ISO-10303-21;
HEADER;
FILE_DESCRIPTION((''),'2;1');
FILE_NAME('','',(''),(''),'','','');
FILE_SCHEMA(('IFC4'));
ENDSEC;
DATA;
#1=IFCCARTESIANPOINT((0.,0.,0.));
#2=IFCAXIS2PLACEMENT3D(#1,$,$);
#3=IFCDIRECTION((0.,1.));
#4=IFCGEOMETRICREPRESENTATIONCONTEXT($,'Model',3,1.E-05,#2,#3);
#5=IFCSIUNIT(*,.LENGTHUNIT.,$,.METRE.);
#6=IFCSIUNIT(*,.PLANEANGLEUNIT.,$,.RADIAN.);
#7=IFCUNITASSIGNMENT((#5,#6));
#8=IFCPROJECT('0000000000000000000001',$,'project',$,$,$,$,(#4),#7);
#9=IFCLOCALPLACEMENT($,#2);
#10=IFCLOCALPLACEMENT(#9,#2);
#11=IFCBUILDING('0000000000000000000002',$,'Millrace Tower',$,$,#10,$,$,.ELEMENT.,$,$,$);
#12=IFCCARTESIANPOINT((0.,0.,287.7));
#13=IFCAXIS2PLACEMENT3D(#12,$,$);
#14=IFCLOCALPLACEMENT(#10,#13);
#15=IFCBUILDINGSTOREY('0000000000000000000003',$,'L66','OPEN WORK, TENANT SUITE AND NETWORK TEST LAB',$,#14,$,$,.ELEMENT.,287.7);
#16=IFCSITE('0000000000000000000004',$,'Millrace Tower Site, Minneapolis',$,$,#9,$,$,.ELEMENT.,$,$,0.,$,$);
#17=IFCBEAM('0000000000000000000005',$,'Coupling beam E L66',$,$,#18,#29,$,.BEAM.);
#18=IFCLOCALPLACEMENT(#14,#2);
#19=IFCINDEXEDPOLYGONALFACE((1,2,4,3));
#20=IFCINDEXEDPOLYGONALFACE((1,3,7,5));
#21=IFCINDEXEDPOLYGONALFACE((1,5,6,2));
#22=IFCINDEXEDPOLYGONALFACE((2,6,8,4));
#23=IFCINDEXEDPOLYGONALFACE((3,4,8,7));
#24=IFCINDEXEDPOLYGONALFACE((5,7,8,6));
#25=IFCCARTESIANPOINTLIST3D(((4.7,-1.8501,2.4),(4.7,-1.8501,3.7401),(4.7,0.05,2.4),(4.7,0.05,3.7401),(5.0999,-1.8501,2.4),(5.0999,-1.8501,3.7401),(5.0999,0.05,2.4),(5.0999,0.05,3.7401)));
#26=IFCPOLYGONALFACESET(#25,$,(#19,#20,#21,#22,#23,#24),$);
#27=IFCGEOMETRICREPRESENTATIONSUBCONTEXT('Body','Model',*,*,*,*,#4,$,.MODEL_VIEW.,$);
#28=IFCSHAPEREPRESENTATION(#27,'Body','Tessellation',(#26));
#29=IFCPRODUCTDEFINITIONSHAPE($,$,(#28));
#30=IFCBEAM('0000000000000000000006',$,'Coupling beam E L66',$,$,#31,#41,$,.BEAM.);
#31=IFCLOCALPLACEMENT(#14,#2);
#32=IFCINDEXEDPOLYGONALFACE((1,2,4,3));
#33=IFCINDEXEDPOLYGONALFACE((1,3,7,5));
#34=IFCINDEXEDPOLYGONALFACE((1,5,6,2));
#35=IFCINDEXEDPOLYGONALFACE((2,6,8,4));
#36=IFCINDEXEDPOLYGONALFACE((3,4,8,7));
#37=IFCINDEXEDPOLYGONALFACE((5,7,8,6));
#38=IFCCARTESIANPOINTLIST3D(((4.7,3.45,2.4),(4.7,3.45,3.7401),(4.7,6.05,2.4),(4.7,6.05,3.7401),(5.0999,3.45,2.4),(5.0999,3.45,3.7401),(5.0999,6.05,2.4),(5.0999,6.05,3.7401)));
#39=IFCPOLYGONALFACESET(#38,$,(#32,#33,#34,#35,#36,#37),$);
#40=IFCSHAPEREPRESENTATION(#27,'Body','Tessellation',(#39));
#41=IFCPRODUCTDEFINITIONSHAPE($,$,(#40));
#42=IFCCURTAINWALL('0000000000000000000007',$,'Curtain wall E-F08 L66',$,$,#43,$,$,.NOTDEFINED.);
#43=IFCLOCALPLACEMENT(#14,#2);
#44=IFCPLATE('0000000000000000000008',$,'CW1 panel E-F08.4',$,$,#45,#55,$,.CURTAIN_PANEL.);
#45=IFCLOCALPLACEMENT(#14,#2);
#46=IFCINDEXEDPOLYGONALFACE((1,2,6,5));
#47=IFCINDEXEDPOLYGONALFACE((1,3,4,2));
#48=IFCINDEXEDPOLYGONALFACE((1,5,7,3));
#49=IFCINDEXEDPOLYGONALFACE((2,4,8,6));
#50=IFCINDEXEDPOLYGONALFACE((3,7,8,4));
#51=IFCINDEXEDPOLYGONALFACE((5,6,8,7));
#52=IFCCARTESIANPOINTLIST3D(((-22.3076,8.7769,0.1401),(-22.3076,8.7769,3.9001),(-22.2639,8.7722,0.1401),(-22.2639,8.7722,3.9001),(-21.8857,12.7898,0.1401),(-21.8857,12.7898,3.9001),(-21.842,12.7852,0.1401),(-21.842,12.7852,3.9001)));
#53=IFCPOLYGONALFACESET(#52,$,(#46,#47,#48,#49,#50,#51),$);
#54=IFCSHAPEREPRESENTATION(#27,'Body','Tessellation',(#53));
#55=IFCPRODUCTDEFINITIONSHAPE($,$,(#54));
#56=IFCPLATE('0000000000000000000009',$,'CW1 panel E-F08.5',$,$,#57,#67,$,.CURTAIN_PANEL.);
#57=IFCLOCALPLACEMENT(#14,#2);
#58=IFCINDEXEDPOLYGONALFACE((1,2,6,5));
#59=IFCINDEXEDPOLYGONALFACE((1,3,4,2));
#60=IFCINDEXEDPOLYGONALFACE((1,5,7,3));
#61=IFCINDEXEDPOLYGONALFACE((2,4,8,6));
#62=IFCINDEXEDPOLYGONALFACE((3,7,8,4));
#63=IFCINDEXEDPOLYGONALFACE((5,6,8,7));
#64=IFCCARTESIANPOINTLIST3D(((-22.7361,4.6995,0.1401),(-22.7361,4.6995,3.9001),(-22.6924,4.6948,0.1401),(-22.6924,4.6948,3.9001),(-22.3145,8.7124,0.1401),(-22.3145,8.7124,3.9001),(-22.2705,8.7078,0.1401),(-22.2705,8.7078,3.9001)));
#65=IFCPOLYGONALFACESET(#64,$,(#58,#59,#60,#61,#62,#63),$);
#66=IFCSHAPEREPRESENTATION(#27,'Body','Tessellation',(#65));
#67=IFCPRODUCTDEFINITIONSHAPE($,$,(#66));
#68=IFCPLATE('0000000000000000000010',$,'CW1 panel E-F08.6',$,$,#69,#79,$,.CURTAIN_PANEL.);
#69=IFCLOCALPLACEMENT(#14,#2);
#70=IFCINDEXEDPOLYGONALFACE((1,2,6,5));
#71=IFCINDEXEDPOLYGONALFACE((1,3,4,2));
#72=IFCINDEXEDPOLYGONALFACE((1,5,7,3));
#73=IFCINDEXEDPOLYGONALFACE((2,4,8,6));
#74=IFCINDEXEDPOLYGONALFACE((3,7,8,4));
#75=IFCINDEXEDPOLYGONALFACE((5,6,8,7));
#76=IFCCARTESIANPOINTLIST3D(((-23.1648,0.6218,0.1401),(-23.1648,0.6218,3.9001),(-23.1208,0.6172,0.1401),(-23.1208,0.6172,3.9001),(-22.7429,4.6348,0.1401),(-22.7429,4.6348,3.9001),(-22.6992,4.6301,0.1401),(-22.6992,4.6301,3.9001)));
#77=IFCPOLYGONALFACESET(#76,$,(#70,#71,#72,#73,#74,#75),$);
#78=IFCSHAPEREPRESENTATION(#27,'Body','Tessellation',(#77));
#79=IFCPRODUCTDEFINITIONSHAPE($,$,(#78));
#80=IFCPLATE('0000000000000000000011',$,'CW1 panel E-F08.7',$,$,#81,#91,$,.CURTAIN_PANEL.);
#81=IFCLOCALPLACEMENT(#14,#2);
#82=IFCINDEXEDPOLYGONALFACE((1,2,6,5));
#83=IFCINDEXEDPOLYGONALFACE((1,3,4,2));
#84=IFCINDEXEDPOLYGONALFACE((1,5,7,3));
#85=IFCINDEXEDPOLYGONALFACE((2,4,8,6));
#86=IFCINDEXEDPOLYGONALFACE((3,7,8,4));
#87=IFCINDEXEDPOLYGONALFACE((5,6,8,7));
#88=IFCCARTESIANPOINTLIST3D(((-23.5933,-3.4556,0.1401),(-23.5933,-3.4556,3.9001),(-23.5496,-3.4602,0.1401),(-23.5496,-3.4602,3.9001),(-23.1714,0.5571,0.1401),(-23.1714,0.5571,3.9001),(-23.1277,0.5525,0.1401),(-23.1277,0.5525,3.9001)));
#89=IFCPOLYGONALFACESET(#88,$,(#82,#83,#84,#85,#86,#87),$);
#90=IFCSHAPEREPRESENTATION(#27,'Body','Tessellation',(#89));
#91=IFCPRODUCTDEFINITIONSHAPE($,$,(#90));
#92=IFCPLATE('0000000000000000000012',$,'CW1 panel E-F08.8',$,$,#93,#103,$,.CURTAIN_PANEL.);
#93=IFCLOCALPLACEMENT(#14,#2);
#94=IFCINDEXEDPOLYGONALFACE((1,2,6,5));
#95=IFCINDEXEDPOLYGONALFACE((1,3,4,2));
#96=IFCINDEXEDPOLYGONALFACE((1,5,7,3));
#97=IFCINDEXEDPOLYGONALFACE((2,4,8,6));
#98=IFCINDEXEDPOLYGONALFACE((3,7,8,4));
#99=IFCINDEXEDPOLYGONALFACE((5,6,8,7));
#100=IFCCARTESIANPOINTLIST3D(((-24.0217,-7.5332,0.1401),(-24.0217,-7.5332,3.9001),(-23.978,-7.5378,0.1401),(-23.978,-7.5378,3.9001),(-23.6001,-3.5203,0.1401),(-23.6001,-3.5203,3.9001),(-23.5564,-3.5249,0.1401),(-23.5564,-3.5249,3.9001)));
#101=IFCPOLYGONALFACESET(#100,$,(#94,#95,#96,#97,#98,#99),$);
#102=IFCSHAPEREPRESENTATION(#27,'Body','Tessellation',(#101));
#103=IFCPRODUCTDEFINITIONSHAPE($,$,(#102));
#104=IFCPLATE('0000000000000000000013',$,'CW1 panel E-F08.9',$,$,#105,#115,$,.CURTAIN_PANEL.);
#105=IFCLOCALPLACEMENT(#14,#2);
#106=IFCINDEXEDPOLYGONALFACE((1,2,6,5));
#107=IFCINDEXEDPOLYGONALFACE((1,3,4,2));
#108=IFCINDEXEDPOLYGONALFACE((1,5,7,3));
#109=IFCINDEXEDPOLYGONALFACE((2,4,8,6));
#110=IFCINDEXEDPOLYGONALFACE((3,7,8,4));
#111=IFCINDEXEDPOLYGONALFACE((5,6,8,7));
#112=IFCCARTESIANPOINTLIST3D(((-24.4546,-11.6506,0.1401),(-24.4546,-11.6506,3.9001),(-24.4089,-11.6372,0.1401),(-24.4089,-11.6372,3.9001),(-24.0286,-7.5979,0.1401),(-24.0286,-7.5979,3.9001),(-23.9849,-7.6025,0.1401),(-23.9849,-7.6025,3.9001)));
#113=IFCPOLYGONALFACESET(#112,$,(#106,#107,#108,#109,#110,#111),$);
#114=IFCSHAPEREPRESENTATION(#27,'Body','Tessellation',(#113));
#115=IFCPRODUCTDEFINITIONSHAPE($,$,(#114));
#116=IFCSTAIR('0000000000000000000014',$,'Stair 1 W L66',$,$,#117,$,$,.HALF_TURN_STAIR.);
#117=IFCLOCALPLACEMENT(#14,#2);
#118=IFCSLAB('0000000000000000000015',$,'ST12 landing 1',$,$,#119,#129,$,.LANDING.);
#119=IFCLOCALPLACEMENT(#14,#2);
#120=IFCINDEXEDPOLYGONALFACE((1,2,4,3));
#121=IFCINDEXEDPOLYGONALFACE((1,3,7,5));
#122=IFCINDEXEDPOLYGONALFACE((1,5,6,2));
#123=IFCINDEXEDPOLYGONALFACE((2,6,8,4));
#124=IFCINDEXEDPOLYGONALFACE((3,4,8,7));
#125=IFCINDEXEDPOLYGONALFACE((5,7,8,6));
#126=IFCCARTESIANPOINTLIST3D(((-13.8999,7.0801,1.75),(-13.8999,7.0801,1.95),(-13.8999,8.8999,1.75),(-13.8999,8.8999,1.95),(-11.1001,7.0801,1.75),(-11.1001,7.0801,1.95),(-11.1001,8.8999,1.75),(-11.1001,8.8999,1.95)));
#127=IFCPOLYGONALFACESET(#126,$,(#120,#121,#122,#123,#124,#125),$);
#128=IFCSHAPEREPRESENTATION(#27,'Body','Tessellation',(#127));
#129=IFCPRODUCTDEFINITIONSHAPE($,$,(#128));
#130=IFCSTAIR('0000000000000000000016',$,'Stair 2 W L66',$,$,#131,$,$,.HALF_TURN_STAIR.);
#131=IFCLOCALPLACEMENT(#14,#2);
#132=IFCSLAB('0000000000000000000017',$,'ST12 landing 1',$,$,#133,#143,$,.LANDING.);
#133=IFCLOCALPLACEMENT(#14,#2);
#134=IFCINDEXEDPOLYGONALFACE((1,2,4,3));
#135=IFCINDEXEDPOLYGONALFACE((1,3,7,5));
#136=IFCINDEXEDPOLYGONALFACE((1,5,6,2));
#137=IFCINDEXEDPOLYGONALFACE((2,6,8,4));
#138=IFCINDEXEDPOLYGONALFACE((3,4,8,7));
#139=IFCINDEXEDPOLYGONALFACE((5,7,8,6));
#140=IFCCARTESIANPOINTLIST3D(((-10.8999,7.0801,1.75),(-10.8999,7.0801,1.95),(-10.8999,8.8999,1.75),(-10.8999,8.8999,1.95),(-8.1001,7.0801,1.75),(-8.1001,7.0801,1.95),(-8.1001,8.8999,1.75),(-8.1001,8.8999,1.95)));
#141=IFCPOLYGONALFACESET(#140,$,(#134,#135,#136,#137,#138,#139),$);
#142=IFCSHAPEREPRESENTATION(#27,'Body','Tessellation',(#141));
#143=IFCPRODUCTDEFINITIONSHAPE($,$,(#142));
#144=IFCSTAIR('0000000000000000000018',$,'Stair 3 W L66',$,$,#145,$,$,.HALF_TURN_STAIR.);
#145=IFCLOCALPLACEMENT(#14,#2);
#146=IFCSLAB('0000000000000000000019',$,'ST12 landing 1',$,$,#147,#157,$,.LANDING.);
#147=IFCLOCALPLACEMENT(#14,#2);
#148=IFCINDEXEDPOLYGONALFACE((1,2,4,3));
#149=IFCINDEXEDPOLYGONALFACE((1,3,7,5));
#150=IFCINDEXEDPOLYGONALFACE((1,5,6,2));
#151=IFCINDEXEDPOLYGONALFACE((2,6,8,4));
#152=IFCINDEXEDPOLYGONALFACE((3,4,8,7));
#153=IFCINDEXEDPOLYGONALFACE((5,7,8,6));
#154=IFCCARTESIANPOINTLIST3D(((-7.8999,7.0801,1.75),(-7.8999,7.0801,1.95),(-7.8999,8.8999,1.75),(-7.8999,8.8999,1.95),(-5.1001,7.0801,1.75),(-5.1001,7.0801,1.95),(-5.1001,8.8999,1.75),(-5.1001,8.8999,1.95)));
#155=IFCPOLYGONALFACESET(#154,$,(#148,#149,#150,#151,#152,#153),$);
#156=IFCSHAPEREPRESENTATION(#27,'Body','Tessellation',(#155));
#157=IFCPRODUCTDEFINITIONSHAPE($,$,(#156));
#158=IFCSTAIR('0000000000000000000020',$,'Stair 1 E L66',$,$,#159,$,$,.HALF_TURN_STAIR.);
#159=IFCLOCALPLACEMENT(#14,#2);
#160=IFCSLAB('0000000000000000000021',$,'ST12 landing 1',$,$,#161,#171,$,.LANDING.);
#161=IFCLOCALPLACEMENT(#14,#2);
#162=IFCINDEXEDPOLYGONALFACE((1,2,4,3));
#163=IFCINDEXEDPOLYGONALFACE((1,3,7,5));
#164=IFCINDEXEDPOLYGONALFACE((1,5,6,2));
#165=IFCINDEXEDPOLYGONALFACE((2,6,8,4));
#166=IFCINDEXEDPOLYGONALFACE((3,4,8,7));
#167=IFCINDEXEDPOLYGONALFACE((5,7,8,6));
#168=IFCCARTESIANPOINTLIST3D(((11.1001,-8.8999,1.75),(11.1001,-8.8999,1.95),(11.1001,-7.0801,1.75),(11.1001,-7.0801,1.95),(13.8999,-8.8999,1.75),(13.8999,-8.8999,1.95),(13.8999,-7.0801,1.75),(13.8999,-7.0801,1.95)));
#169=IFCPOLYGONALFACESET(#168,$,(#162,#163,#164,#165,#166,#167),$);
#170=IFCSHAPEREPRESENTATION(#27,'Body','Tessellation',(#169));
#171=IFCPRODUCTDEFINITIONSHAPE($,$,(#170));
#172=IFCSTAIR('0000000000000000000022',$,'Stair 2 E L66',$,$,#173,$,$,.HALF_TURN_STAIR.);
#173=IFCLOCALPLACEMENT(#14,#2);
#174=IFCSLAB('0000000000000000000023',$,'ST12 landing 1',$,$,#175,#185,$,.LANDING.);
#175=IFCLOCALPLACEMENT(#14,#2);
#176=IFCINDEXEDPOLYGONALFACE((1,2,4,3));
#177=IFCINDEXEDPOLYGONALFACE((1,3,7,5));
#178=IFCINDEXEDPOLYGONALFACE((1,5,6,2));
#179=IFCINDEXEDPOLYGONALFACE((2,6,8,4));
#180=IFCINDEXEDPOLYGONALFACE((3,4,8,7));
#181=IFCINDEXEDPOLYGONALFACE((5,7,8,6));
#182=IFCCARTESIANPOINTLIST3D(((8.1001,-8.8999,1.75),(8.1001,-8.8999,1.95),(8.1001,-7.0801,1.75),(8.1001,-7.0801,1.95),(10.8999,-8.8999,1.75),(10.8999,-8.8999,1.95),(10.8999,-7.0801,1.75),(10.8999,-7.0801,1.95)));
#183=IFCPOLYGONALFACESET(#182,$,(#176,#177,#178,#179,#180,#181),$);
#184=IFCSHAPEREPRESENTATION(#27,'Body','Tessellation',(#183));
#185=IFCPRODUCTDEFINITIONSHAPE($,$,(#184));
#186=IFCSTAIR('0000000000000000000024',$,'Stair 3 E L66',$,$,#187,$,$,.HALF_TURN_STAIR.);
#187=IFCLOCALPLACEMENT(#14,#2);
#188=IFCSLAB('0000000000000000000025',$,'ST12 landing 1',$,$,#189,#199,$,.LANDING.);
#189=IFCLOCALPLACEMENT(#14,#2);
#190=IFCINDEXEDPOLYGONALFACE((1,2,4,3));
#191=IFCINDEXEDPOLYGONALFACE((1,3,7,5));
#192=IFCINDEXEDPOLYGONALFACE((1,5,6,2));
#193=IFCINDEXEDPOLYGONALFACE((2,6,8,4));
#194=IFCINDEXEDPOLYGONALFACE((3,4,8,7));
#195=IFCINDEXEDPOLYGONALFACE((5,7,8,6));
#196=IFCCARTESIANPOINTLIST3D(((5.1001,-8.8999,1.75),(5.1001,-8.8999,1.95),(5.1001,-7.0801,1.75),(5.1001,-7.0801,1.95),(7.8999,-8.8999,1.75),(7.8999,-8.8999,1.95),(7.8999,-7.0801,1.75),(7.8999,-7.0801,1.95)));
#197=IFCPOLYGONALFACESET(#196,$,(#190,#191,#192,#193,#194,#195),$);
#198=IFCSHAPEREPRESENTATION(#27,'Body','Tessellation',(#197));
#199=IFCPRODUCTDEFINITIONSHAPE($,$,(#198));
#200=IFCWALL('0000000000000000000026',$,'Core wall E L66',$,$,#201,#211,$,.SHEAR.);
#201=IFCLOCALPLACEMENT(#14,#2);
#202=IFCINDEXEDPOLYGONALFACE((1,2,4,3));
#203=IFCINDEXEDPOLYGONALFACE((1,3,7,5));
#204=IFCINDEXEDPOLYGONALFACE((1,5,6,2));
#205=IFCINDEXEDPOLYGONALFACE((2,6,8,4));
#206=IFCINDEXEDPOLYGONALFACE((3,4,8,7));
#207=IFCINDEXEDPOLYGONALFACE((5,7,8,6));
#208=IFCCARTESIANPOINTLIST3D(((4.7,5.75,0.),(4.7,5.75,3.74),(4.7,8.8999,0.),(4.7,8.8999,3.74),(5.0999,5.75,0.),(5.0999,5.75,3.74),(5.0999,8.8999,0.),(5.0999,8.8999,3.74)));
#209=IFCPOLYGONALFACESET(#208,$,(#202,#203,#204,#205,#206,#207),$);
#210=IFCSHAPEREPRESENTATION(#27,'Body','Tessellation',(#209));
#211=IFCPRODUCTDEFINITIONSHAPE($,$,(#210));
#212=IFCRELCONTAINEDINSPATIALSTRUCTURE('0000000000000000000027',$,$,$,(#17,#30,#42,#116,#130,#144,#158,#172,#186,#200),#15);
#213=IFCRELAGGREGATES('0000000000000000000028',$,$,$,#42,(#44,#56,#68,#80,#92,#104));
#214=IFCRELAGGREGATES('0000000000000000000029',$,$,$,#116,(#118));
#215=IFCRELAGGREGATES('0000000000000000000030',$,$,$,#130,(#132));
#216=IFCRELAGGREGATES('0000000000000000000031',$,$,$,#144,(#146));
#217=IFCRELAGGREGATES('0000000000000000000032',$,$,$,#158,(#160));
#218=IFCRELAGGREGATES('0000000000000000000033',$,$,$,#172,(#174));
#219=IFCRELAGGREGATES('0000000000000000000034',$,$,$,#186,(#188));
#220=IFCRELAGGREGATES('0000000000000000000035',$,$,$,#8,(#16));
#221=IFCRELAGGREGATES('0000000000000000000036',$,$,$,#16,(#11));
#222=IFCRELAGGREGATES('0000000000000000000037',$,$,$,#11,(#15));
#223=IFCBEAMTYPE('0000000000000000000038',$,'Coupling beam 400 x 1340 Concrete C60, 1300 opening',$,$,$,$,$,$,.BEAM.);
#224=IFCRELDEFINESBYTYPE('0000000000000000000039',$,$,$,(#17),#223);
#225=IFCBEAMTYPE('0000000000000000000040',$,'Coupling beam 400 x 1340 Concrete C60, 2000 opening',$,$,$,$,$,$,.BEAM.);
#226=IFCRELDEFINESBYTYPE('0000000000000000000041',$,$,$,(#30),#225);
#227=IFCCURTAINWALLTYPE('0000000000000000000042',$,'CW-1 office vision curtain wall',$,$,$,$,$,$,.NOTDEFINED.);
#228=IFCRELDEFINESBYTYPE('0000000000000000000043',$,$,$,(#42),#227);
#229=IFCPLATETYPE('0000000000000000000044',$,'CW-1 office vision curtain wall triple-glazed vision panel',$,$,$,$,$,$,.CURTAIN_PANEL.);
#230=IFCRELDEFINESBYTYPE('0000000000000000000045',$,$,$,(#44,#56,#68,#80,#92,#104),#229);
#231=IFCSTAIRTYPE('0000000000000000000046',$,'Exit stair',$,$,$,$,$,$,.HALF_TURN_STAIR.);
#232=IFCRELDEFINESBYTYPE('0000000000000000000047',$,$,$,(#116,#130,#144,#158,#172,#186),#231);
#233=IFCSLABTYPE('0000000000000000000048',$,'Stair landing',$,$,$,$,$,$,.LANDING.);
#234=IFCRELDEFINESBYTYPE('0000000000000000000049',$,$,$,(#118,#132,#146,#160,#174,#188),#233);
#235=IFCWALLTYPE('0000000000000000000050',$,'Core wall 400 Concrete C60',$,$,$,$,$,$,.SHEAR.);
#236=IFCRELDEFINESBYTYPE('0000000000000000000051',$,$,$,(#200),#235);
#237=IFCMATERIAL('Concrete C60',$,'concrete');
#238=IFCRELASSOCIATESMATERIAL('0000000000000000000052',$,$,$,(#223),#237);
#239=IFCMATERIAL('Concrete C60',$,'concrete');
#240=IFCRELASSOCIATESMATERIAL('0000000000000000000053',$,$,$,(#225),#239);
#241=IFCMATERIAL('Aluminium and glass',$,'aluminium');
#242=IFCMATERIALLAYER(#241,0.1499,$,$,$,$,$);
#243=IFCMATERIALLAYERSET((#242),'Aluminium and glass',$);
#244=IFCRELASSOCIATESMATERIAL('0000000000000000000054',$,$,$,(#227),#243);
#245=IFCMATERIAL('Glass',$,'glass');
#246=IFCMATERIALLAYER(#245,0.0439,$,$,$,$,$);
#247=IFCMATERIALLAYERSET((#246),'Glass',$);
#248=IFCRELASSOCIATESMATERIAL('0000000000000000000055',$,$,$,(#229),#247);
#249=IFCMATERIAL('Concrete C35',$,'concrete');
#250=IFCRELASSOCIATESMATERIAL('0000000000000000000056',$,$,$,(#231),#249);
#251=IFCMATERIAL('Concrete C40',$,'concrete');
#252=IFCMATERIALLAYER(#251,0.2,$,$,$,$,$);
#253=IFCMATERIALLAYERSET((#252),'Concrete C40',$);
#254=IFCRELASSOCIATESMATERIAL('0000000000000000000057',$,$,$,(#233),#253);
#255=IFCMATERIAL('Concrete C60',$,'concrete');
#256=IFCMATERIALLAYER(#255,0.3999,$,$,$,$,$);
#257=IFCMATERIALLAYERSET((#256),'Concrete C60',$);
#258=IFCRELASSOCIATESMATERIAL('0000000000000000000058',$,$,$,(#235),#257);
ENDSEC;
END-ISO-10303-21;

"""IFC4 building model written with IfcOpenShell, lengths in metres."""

from ifc_helpers import new_model, si_unit, direction, frame, frame_2d, origin, origin_2d, place, context, subcontext, project, spatial, polyline, rectangle, outline, extrude, material, layer, layer_set, material_profile, profile_set, type_object, element, aggregate, save


model = new_model("IFC4")

# Units and contexts
model_context = context("Model", 3, precision=1e-05, world=origin(), true_north=direction((0.0, 1.0)))
body_context = subcontext(model_context, "Body", "Model", "MODEL_VIEW")
ifc_project = project(units=[si_unit("LENGTHUNIT", "METRE"), si_unit("PLANEANGLEUNIT", "RADIAN")], contexts=[model_context])

# Site, building, storey
site_placement = place(None, origin())
site = spatial("IfcSite", under=ifc_project, at=site_placement, Name="Millrace Tower Site, Minneapolis", CompositionType="ELEMENT", RefElevation=0.0)
building_placement = place(site_placement, origin())
building = spatial("IfcBuilding", under=site, at=building_placement, Name="Millrace Tower", CompositionType="ELEMENT")
storey_placement = place(building_placement, frame((0.0, 0.0, 287.7)))
storey = spatial("IfcBuildingStorey", under=building, at=storey_placement, Name="L66", Description="OPEN WORK, TENANT SUITE AND NETWORK TEST LAB", CompositionType="ELEMENT", Elevation=287.7)

# Beams
ifc_material_1 = material(Name="Concrete C60", Category="concrete")
ifc_material_profile_1 = material_profile(ifc_material_1, rectangle(XDim=0.3999, YDim=1.3401, at=origin_2d()))
ifc_profile_set_1 = profile_set([ifc_material_profile_1], Name="Concrete C60")
beam_type_1 = type_object("IfcBeamType", Name="Coupling beam 400 x 1340 Concrete C60, 1300 opening", PredefinedType="BEAM", material=ifc_profile_set_1)
beam_1_placement = place(storey_placement, frame((4.8999, 0.05, 3.0701), z_axis=(0.0, -1.0, 0.0), x_axis=(1.0, 0.0, 0.0)))
element("IfcBeam", 1, at=beam_1_placement, inside=storey, type_object=beam_type_1, Name="Coupling beam E L66", PredefinedType="BEAM", context=body_context, shape_type="SweptSolid", body=[
    extrude(rectangle(XDim=0.3999, YDim=1.3401, at=origin_2d()), origin(), (0.0, 0.0, 1.0), 1.9001),
])
ifc_material_2 = material(Name="Concrete C60", Category="concrete")
ifc_material_profile_2 = material_profile(ifc_material_2, rectangle(XDim=0.3999, YDim=1.3401, at=origin_2d()))
ifc_profile_set_2 = profile_set([ifc_material_profile_2], Name="Concrete C60")
beam_type_2 = type_object("IfcBeamType", Name="Coupling beam 400 x 1340 Concrete C60, 2000 opening", PredefinedType="BEAM", material=ifc_profile_set_2)
beam_2_placement = place(storey_placement, frame((4.8999, 6.05, 3.0701), z_axis=(0.0, -1.0, 0.0), x_axis=(1.0, 0.0, 0.0)))
element("IfcBeam", 2, at=beam_2_placement, inside=storey, type_object=beam_type_2, Name="Coupling beam E L66", PredefinedType="BEAM", context=body_context, shape_type="SweptSolid", body=[
    extrude(rectangle(XDim=0.3999, YDim=1.3401, at=origin_2d()), origin(), (0.0, 0.0, 1.0), 2.6001),
])

# Curtain wall, plates
ifc_material_3 = material(Name="Aluminium and glass", Category="aluminium")
ifc_layer_1 = layer(ifc_material_3, 0.1499)
ifc_layer_set_1 = layer_set([ifc_layer_1], Name="Aluminium and glass")
curtain_wall_type = type_object("IfcCurtainWallType", Name="CW-1 office vision curtain wall", PredefinedType="NOTDEFINED", material=ifc_layer_set_1)
placement_1 = place(storey_placement, origin())
curtain_wall = element("IfcCurtainWall", 3, at=placement_1, inside=storey, type_object=curtain_wall_type, Name="Curtain wall E-F08 L66", PredefinedType="NOTDEFINED")
ifc_material_4 = material(Name="Glass", Category="glass")
ifc_layer_2 = layer(ifc_material_4, 0.0439)
ifc_layer_set_2 = layer_set([ifc_layer_2], Name="Glass")
plate_type = type_object("IfcPlateType", Name="CW-1 office vision curtain wall triple-glazed vision panel", PredefinedType="CURTAIN_PANEL", material=ifc_layer_set_2)
placement_2 = place(storey_placement, frame((0.0, 0.0, 0.1401)))
plate_1 = element("IfcPlate", 4, at=placement_2, type_object=plate_type, Name="CW1 panel E-F08.4", PredefinedType="CURTAIN_PANEL", context=body_context, shape_type="SweptSolid", body=[
    extrude(outline(polyline([(-21.8857, 12.7898), (-22.3076, 8.7769), (-22.2639, 8.7722), (-21.842, 12.7852), (-21.8857, 12.7898)])), origin(), (0.0, 0.0, 1.0), 3.76),
])
plate_2 = element("IfcPlate", 5, at=placement_2, type_object=plate_type, Name="CW1 panel E-F08.5", PredefinedType="CURTAIN_PANEL", context=body_context, shape_type="SweptSolid", body=[
    extrude(outline(polyline([(-22.3145, 8.7124), (-22.7361, 4.6995), (-22.6924, 4.6948), (-22.2705, 8.7078), (-22.3145, 8.7124)])), origin(), (0.0, 0.0, 1.0), 3.76),
])
plate_3 = element("IfcPlate", 6, at=placement_2, type_object=plate_type, Name="CW1 panel E-F08.6", PredefinedType="CURTAIN_PANEL", context=body_context, shape_type="SweptSolid", body=[
    extrude(outline(polyline([(-22.7429, 4.6348), (-23.1648, 0.6218), (-23.1208, 0.6172), (-22.6992, 4.6301), (-22.7429, 4.6348)])), origin(), (0.0, 0.0, 1.0), 3.76),
])
plate_4 = element("IfcPlate", 7, at=placement_2, type_object=plate_type, Name="CW1 panel E-F08.7", PredefinedType="CURTAIN_PANEL", context=body_context, shape_type="SweptSolid", body=[
    extrude(outline(polyline([(-23.1714, 0.5571), (-23.5933, -3.4556), (-23.5496, -3.4602), (-23.1277, 0.5525), (-23.1714, 0.5571)])), origin(), (0.0, 0.0, 1.0), 3.76),
])
plate_5 = element("IfcPlate", 8, at=placement_2, type_object=plate_type, Name="CW1 panel E-F08.8", PredefinedType="CURTAIN_PANEL", context=body_context, shape_type="SweptSolid", body=[
    extrude(outline(polyline([(-23.6001, -3.5203), (-24.0217, -7.5332), (-23.978, -7.5378), (-23.5564, -3.5249), (-23.6001, -3.5203)])), origin(), (0.0, 0.0, 1.0), 3.76),
])
plate_6 = element("IfcPlate", 9, at=placement_2, type_object=plate_type, Name="CW1 panel E-F08.9", PredefinedType="CURTAIN_PANEL", context=body_context, shape_type="SweptSolid", body=[
    extrude(outline(polyline([(-24.0286, -7.5979), (-24.4546, -11.6506), (-24.4089, -11.6372), (-23.9849, -7.6025), (-24.0286, -7.5979)])), origin(), (0.0, 0.0, 1.0), 3.76),
])
aggregate(curtain_wall, [plate_1, plate_2, plate_3, plate_4, plate_5, plate_6])

# Stairs, slabs
ifc_material_5 = material(Name="Concrete C35", Category="concrete")
stair_type = type_object("IfcStairType", Name="Exit stair", PredefinedType="HALF_TURN_STAIR", material=ifc_material_5)
stair_1 = element("IfcStair", 10, at=placement_1, inside=storey, type_object=stair_type, Name="Stair 1 W L66", PredefinedType="HALF_TURN_STAIR")
ifc_material_6 = material(Name="Concrete C40", Category="concrete")
ifc_layer_3 = layer(ifc_material_6, 0.2)
ifc_layer_set_3 = layer_set([ifc_layer_3], Name="Concrete C40")
slab_type = type_object("IfcSlabType", Name="Stair landing", PredefinedType="LANDING", material=ifc_layer_set_3)
placement_3 = place(storey_placement, frame((0.0, 0.0, 1.75)))
slab_1 = element("IfcSlab", 11, at=placement_3, type_object=slab_type, Name="ST12 landing 1", PredefinedType="LANDING", context=body_context, shape_type="SweptSolid", body=[
    extrude(outline(polyline([(-13.8999, 7.0801), (-11.1001, 7.0801), (-11.1001, 8.8999), (-13.8999, 8.8999), (-13.8999, 7.0801)])), origin(), (0.0, 0.0, 1.0), 0.2),
])
aggregate(stair_1, [slab_1])
stair_2 = element("IfcStair", 12, at=placement_1, inside=storey, type_object=stair_type, Name="Stair 2 W L66", PredefinedType="HALF_TURN_STAIR")
slab_2 = element("IfcSlab", 13, at=placement_3, type_object=slab_type, Name="ST12 landing 1", PredefinedType="LANDING", context=body_context, shape_type="SweptSolid", body=[
    extrude(outline(polyline([(-10.8999, 7.0801), (-8.1001, 7.0801), (-8.1001, 8.8999), (-10.8999, 8.8999), (-10.8999, 7.0801)])), origin(), (0.0, 0.0, 1.0), 0.2),
])
aggregate(stair_2, [slab_2])
stair_3 = element("IfcStair", 14, at=placement_1, inside=storey, type_object=stair_type, Name="Stair 3 W L66", PredefinedType="HALF_TURN_STAIR")
slab_3 = element("IfcSlab", 15, at=placement_3, type_object=slab_type, Name="ST12 landing 1", PredefinedType="LANDING", context=body_context, shape_type="SweptSolid", body=[
    extrude(outline(polyline([(-7.8999, 7.0801), (-5.1001, 7.0801), (-5.1001, 8.8999), (-7.8999, 8.8999), (-7.8999, 7.0801)])), origin(), (0.0, 0.0, 1.0), 0.2),
])
aggregate(stair_3, [slab_3])
stair_4 = element("IfcStair", 16, at=placement_1, inside=storey, type_object=stair_type, Name="Stair 1 E L66", PredefinedType="HALF_TURN_STAIR")
slab_4 = element("IfcSlab", 17, at=placement_3, type_object=slab_type, Name="ST12 landing 1", PredefinedType="LANDING", context=body_context, shape_type="SweptSolid", body=[
    extrude(outline(polyline([(11.1001, -8.8999), (13.8999, -8.8999), (13.8999, -7.0801), (11.1001, -7.0801), (11.1001, -8.8999)])), origin(), (0.0, 0.0, 1.0), 0.2),
])
aggregate(stair_4, [slab_4])
stair_5 = element("IfcStair", 18, at=placement_1, inside=storey, type_object=stair_type, Name="Stair 2 E L66", PredefinedType="HALF_TURN_STAIR")
slab_5 = element("IfcSlab", 19, at=placement_3, type_object=slab_type, Name="ST12 landing 1", PredefinedType="LANDING", context=body_context, shape_type="SweptSolid", body=[
    extrude(outline(polyline([(8.1001, -8.8999), (10.8999, -8.8999), (10.8999, -7.0801), (8.1001, -7.0801), (8.1001, -8.8999)])), origin(), (0.0, 0.0, 1.0), 0.2),
])
aggregate(stair_5, [slab_5])
stair_6 = element("IfcStair", 20, at=placement_1, inside=storey, type_object=stair_type, Name="Stair 3 E L66", PredefinedType="HALF_TURN_STAIR")
slab_6 = element("IfcSlab", 21, at=placement_3, type_object=slab_type, Name="ST12 landing 1", PredefinedType="LANDING", context=body_context, shape_type="SweptSolid", body=[
    extrude(outline(polyline([(5.1001, -8.8999), (7.8999, -8.8999), (7.8999, -7.0801), (5.1001, -7.0801), (5.1001, -8.8999)])), origin(), (0.0, 0.0, 1.0), 0.2),
])
aggregate(stair_6, [slab_6])

# Wall
ifc_material_7 = material(Name="Concrete C60", Category="concrete")
ifc_layer_4 = layer(ifc_material_7, 0.3999)
ifc_layer_set_4 = layer_set([ifc_layer_4], Name="Concrete C60")
wall_type_1 = type_object("IfcWallType", Name="Core wall 400 Concrete C60", PredefinedType="SHEAR", material=ifc_layer_set_4)
wall_1_placement = place(storey_placement, frame((4.8999, 8.8999, 0.0), z_axis=(0.0, 0.0, 1.0), x_axis=(0.0, -1.0, 0.0)))
element("IfcWall", 22, at=wall_1_placement, inside=storey, type_object=wall_type_1, Name="Core wall E L66", PredefinedType="SHEAR", context=body_context, shape_type="SweptSolid", body=[
    extrude(rectangle(XDim=3.1499, YDim=0.3999, at=frame_2d((1.575, 0.0))), origin(), (0.0, 0.0, 1.0), 3.74),
])

save(model, "model.ifc")
